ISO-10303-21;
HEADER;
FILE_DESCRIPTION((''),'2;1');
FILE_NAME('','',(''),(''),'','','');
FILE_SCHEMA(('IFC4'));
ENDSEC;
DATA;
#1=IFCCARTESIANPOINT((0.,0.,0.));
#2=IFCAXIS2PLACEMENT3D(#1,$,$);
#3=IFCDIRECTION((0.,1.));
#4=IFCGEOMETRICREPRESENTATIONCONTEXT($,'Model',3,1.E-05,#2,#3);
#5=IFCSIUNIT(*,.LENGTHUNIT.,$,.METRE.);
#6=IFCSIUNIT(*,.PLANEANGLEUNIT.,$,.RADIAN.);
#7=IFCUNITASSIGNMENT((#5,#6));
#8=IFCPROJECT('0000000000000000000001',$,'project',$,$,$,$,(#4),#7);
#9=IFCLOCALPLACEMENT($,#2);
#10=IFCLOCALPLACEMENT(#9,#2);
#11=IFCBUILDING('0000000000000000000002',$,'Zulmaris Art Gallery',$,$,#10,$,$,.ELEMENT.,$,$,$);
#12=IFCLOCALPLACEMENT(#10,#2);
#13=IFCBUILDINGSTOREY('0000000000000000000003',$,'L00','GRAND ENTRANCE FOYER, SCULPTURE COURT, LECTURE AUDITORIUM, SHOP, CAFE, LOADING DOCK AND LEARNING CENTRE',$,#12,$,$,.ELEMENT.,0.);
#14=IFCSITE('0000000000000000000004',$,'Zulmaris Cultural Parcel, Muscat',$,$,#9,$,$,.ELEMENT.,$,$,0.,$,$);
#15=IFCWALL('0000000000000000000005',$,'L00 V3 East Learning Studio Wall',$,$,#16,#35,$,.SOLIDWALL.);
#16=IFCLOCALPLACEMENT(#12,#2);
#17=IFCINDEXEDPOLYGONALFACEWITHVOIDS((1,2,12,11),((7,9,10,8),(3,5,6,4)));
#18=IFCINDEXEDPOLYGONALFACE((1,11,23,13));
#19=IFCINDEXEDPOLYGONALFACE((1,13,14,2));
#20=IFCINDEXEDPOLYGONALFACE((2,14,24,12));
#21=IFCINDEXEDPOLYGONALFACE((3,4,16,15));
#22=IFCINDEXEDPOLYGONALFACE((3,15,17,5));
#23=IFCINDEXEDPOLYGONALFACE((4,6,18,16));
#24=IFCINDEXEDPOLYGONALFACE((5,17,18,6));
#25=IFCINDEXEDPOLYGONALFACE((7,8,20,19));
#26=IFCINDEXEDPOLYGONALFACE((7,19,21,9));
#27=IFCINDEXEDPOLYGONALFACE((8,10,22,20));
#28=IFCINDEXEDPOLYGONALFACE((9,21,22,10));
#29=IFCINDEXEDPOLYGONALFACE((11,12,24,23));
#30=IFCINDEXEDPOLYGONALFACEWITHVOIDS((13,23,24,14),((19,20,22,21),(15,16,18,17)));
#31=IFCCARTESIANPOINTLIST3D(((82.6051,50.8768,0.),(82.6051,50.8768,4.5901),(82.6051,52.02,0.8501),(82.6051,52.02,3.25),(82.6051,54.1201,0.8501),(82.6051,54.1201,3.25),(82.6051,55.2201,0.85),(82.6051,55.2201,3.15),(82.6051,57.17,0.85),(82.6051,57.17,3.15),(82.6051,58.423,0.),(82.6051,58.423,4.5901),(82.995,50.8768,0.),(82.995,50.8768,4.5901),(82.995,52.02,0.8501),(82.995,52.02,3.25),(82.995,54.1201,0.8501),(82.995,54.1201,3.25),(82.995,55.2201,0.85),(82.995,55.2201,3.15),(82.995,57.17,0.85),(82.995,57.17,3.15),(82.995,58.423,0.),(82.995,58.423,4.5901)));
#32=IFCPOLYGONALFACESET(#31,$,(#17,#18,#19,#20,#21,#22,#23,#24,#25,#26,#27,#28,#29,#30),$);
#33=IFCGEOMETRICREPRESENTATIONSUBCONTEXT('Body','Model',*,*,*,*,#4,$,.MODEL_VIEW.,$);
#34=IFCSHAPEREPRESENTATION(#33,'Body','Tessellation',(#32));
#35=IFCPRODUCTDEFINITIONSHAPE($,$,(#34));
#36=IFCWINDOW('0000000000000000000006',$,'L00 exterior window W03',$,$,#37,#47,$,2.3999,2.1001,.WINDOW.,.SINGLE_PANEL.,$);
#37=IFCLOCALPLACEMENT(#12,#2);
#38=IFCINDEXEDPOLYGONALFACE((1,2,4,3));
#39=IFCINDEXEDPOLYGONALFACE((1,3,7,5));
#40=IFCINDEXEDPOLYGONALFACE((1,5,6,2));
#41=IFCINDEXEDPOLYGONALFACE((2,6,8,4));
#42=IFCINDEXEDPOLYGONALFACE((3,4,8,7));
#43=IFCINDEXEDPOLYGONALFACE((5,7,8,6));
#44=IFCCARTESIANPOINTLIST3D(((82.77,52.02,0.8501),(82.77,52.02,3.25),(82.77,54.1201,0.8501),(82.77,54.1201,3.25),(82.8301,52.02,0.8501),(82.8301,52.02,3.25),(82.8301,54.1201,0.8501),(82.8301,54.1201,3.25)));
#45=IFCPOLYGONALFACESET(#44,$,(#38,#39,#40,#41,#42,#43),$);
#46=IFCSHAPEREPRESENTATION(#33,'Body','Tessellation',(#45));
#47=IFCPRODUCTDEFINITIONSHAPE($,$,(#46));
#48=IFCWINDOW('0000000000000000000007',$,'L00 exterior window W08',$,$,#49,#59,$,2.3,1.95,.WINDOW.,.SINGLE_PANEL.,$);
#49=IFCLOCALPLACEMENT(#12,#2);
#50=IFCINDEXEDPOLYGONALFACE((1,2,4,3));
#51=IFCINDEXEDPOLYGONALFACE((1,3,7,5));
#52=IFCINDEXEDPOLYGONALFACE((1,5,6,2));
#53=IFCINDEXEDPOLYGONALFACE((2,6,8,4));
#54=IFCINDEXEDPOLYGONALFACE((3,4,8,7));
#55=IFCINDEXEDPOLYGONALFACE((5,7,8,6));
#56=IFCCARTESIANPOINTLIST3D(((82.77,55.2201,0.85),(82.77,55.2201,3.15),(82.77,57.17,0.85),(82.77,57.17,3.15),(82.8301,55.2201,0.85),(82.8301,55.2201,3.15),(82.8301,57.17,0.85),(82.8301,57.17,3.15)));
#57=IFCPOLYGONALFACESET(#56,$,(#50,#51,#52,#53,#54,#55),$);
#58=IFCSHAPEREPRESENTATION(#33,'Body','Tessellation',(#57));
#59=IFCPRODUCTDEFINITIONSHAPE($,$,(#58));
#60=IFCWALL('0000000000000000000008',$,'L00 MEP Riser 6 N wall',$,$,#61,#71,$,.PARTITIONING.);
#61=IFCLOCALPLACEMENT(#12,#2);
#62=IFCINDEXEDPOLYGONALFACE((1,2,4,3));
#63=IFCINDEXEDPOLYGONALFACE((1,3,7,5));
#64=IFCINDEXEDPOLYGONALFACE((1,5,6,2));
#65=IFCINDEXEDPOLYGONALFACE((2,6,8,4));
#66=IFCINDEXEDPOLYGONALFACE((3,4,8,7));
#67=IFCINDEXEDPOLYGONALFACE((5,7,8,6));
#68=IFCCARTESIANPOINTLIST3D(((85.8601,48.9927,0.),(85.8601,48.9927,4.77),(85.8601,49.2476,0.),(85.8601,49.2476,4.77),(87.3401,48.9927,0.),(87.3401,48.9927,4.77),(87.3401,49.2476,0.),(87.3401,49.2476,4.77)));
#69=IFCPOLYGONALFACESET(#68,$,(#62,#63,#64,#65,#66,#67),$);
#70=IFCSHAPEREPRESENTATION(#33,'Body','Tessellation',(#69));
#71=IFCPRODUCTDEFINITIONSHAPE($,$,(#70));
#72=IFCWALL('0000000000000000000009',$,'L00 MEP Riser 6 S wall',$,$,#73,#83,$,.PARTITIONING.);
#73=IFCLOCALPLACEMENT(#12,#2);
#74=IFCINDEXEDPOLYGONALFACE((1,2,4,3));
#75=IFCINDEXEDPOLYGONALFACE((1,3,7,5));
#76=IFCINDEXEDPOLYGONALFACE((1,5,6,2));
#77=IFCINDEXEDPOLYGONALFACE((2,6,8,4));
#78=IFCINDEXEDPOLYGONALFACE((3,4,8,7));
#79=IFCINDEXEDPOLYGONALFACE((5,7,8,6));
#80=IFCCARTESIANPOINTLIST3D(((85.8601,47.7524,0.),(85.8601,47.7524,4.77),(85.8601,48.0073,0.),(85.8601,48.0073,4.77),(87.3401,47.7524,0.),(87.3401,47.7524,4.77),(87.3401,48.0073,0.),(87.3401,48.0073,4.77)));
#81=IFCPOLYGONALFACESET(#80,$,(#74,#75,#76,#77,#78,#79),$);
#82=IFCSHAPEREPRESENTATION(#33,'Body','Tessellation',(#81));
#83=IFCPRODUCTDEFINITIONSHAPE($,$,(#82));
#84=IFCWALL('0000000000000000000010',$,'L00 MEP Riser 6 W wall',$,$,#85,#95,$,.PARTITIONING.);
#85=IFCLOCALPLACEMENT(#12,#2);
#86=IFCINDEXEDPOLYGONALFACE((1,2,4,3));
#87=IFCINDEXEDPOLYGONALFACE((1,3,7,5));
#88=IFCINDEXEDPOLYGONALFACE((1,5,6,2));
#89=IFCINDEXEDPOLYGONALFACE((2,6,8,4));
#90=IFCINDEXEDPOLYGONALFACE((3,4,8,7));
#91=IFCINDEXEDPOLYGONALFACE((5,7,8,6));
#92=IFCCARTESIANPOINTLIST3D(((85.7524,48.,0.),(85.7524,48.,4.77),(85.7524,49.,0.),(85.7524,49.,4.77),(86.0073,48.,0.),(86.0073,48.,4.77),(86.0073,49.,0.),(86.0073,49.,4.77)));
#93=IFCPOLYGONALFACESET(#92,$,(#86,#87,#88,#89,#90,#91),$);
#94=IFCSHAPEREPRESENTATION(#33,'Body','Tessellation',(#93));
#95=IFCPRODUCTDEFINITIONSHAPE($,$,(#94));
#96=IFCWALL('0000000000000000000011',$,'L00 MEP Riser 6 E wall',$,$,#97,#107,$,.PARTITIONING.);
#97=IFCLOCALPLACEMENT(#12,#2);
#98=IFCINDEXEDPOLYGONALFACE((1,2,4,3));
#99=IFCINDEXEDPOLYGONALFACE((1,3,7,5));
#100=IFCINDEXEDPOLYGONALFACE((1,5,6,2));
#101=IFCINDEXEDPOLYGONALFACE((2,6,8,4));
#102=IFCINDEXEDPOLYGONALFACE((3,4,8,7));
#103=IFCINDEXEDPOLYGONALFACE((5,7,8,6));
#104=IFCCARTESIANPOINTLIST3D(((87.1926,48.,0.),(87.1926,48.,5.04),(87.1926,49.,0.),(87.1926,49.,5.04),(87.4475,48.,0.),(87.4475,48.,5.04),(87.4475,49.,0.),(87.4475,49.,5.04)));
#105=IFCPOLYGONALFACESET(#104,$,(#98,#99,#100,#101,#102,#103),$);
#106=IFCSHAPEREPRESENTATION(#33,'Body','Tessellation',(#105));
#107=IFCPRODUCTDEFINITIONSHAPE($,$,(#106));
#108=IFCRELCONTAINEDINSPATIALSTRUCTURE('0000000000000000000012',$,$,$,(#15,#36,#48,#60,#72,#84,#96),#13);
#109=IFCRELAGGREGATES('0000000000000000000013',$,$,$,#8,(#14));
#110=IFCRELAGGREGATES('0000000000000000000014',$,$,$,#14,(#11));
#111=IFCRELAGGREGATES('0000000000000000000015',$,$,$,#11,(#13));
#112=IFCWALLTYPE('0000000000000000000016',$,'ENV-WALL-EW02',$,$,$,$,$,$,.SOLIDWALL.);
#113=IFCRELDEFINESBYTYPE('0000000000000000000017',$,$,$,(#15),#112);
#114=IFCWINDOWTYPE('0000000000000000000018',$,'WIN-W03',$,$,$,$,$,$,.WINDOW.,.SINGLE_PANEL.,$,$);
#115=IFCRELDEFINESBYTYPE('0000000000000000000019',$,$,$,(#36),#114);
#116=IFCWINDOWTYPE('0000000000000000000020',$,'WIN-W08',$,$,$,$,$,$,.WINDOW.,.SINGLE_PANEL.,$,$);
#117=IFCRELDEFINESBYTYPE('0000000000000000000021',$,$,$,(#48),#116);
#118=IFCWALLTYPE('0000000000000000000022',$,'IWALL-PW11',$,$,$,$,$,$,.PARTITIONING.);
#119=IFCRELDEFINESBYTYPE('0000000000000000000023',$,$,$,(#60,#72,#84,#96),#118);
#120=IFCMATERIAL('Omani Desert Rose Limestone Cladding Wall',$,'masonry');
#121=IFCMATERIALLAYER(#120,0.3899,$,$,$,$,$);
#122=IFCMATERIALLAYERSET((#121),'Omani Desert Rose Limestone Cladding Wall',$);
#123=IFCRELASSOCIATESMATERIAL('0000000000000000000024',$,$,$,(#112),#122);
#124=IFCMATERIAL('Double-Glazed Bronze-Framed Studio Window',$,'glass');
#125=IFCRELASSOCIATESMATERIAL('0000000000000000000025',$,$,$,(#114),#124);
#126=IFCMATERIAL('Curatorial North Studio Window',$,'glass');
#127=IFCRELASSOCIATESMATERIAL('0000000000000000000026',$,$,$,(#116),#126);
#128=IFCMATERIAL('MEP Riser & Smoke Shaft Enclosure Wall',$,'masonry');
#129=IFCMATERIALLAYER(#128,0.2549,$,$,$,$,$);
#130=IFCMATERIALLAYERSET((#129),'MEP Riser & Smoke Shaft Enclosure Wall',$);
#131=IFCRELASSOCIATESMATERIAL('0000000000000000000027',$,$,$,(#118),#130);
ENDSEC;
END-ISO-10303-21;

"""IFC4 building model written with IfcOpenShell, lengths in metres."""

from ifc_helpers import new_model, si_unit, direction, frame, frame_2d, origin, place, context, subcontext, project, spatial, rectangle, extrude, material, layer, layer_set, type_object, element, fill, save


model = new_model("IFC4")

# Units and contexts
model_context = context("Model", 3, precision=1e-05, world=origin(), true_north=direction((0.0, 1.0)))
body_context = subcontext(model_context, "Body", "Model", "MODEL_VIEW")
ifc_project = project(units=[si_unit("LENGTHUNIT", "METRE"), si_unit("PLANEANGLEUNIT", "RADIAN")], contexts=[model_context])

# Site, building, storey
site_placement = place(None, origin())
site = spatial("IfcSite", under=ifc_project, at=site_placement, Name="Zulmaris Cultural Parcel, Muscat", CompositionType="ELEMENT", RefElevation=0.0)
building_placement = place(site_placement, origin())
building = spatial("IfcBuilding", under=site, at=building_placement, Name="Zulmaris Art Gallery", CompositionType="ELEMENT")
storey_placement = place(building_placement, origin())
storey = spatial("IfcBuildingStorey", under=building, at=storey_placement, Name="L00", Description="GRAND ENTRANCE FOYER, SCULPTURE COURT, LECTURE AUDITORIUM, SHOP, CAFE, LOADING DOCK AND LEARNING CENTRE", CompositionType="ELEMENT", Elevation=0.0)

# Wall, openings, windows
ifc_material_1 = material(Name="Omani Desert Rose Limestone Cladding Wall", Category="masonry")
ifc_layer_1 = layer(ifc_material_1, 0.3899)
ifc_layer_set_1 = layer_set([ifc_layer_1], Name="Omani Desert Rose Limestone Cladding Wall")
wall_type_1 = type_object("IfcWallType", Name="ENV-WALL-EW02", PredefinedType="SOLIDWALL", material=ifc_layer_set_1)
wall_1_placement = place(storey_placement, frame((82.8, 50.877, 0.0), z_axis=(0.0, 0.0, 1.0), x_axis=(0.0, 1.0, 0.0)))
wall_1 = element("IfcWall", 1, at=wall_1_placement, inside=storey, type_object=wall_type_1, Name="L00 V3 East Learning Studio Wall", PredefinedType="SOLIDWALL", context=body_context, shape_type="SweptSolid", body=[
    extrude(rectangle(XDim=7.5461, YDim=0.3899, at=frame_2d((3.7729, 0.0))), origin(), (0.0, 0.0, 1.0), 4.5901),
])
opening_1_placement = place(wall_1_placement, frame((1.1431, 0.0, 0.8501)))
opening_1 = element("IfcOpeningElement", 2, at=opening_1_placement, cuts=wall_1, PredefinedType="OPENING", context=body_context, shape_type="SweptSolid", body=[
    extrude(rectangle(XDim=2.1001, YDim=2.3999, at=frame_2d((1.05, 1.2))), frame((0.0, 0.2048, 0.0), z_axis=(0.0, -1.0, 0.0), x_axis=(1.0, 0.0, 0.0)), (0.0, 0.0, 1.0), 0.4099),
])
opening_2_placement = place(wall_1_placement, frame((4.343, 0.0, 0.8501)))
opening_2 = element("IfcOpeningElement", 3, at=opening_2_placement, cuts=wall_1, PredefinedType="OPENING", context=body_context, shape_type="SweptSolid", body=[
    extrude(rectangle(XDim=1.95, YDim=2.3, at=frame_2d((0.9751, 1.1499))), frame((0.0, 0.2048, 0.0), z_axis=(0.0, -1.0, 0.0), x_axis=(1.0, 0.0, 0.0)), (0.0, 0.0, 1.0), 0.4099),
])
ifc_material_2 = material(Name="Double-Glazed Bronze-Framed Studio Window", Category="glass")
window_type_1 = type_object("IfcWindowType", Name="WIN-W03", PartitioningType="SINGLE_PANEL", PredefinedType="WINDOW", material=ifc_material_2)
window_1_placement = place(opening_1_placement, origin())
window_1 = element("IfcWindow", 4, at=window_1_placement, inside=storey, type_object=window_type_1, Name="L00 exterior window W03", OverallHeight=2.3999, OverallWidth=2.1001, PartitioningType="SINGLE_PANEL", PredefinedType="WINDOW", context=body_context, shape_type="SweptSolid", body=[
    extrude(rectangle(XDim=2.1001, YDim=2.3999, at=frame_2d((1.05, 1.2))), frame((0.0, 0.03, 0.0), z_axis=(0.0, -1.0, 0.0), x_axis=(1.0, 0.0, 0.0)), (0.0, 0.0, 1.0), 0.0601),
])
fill(opening_1, window_1)
ifc_material_3 = material(Name="Curatorial North Studio Window", Category="glass")
window_type_2 = type_object("IfcWindowType", Name="WIN-W08", PartitioningType="SINGLE_PANEL", PredefinedType="WINDOW", material=ifc_material_3)
window_2_placement = place(opening_2_placement, origin())
window_2 = element("IfcWindow", 5, at=window_2_placement, inside=storey, type_object=window_type_2, Name="L00 exterior window W08", OverallHeight=2.3, OverallWidth=1.95, PartitioningType="SINGLE_PANEL", PredefinedType="WINDOW", context=body_context, shape_type="SweptSolid", body=[
    extrude(rectangle(XDim=1.95, YDim=2.3, at=frame_2d((0.9751, 1.1499))), frame((0.0, 0.03, 0.0), z_axis=(0.0, -1.0, 0.0), x_axis=(1.0, 0.0, 0.0)), (0.0, 0.0, 1.0), 0.0601),
])
fill(opening_2, window_2)

# Walls
ifc_material_4 = material(Name="MEP Riser & Smoke Shaft Enclosure Wall", Category="masonry")
ifc_layer_2 = layer(ifc_material_4, 0.2549)
ifc_layer_set_2 = layer_set([ifc_layer_2], Name="MEP Riser & Smoke Shaft Enclosure Wall")
wall_type_2 = type_object("IfcWallType", Name="IWALL-PW11", PredefinedType="PARTITIONING", material=ifc_layer_set_2)
for number, where, z_axis, x_axis, name in (
    (6, (85.8601, 49.1201, 0.0), (0.0, 0.0, 1.0), (1.0, 0.0, 0.0), "L00 MEP Riser 6 N wall"),
    (7, (85.8601, 47.8799, 0.0), (0.0, 0.0, 1.0), (1.0, 0.0, 0.0), "L00 MEP Riser 6 S wall"),
):
    element("IfcWall", number, at=place(storey_placement, frame(where, z_axis=z_axis, x_axis=x_axis)), inside=storey, type_object=wall_type_2, Name=name, PredefinedType="PARTITIONING", context=body_context, shape_type="SweptSolid", body=[
        extrude(rectangle(XDim=1.48, YDim=0.2549, at=frame_2d((0.74, 0.0))), origin(), (0.0, 0.0, 1.0), 4.77),
    ])
wall_2_placement = place(storey_placement, frame((85.8799, 48.0, 0.0), z_axis=(0.0, 0.0, 1.0), x_axis=(0.0, 1.0, 0.0)))
element("IfcWall", 8, at=wall_2_placement, inside=storey, type_object=wall_type_2, Name="L00 MEP Riser 6 W wall", PredefinedType="PARTITIONING", context=body_context, shape_type="SweptSolid", body=[
    extrude(rectangle(XDim=1.0, YDim=0.2549, at=frame_2d((0.5, 0.0))), origin(), (0.0, 0.0, 1.0), 4.77),
])
wall_3_placement = place(storey_placement, frame((87.3201, 48.0, 0.0), z_axis=(0.0, 0.0, 1.0), x_axis=(0.0, 1.0, 0.0)))
element("IfcWall", 9, at=wall_3_placement, inside=storey, type_object=wall_type_2, Name="L00 MEP Riser 6 E wall", PredefinedType="PARTITIONING", context=body_context, shape_type="SweptSolid", body=[
    extrude(rectangle(XDim=1.0, YDim=0.2549, at=frame_2d((0.5, 0.0))), origin(), (0.0, 0.0, 1.0), 5.04),
])

save(model, "model.ifc")
